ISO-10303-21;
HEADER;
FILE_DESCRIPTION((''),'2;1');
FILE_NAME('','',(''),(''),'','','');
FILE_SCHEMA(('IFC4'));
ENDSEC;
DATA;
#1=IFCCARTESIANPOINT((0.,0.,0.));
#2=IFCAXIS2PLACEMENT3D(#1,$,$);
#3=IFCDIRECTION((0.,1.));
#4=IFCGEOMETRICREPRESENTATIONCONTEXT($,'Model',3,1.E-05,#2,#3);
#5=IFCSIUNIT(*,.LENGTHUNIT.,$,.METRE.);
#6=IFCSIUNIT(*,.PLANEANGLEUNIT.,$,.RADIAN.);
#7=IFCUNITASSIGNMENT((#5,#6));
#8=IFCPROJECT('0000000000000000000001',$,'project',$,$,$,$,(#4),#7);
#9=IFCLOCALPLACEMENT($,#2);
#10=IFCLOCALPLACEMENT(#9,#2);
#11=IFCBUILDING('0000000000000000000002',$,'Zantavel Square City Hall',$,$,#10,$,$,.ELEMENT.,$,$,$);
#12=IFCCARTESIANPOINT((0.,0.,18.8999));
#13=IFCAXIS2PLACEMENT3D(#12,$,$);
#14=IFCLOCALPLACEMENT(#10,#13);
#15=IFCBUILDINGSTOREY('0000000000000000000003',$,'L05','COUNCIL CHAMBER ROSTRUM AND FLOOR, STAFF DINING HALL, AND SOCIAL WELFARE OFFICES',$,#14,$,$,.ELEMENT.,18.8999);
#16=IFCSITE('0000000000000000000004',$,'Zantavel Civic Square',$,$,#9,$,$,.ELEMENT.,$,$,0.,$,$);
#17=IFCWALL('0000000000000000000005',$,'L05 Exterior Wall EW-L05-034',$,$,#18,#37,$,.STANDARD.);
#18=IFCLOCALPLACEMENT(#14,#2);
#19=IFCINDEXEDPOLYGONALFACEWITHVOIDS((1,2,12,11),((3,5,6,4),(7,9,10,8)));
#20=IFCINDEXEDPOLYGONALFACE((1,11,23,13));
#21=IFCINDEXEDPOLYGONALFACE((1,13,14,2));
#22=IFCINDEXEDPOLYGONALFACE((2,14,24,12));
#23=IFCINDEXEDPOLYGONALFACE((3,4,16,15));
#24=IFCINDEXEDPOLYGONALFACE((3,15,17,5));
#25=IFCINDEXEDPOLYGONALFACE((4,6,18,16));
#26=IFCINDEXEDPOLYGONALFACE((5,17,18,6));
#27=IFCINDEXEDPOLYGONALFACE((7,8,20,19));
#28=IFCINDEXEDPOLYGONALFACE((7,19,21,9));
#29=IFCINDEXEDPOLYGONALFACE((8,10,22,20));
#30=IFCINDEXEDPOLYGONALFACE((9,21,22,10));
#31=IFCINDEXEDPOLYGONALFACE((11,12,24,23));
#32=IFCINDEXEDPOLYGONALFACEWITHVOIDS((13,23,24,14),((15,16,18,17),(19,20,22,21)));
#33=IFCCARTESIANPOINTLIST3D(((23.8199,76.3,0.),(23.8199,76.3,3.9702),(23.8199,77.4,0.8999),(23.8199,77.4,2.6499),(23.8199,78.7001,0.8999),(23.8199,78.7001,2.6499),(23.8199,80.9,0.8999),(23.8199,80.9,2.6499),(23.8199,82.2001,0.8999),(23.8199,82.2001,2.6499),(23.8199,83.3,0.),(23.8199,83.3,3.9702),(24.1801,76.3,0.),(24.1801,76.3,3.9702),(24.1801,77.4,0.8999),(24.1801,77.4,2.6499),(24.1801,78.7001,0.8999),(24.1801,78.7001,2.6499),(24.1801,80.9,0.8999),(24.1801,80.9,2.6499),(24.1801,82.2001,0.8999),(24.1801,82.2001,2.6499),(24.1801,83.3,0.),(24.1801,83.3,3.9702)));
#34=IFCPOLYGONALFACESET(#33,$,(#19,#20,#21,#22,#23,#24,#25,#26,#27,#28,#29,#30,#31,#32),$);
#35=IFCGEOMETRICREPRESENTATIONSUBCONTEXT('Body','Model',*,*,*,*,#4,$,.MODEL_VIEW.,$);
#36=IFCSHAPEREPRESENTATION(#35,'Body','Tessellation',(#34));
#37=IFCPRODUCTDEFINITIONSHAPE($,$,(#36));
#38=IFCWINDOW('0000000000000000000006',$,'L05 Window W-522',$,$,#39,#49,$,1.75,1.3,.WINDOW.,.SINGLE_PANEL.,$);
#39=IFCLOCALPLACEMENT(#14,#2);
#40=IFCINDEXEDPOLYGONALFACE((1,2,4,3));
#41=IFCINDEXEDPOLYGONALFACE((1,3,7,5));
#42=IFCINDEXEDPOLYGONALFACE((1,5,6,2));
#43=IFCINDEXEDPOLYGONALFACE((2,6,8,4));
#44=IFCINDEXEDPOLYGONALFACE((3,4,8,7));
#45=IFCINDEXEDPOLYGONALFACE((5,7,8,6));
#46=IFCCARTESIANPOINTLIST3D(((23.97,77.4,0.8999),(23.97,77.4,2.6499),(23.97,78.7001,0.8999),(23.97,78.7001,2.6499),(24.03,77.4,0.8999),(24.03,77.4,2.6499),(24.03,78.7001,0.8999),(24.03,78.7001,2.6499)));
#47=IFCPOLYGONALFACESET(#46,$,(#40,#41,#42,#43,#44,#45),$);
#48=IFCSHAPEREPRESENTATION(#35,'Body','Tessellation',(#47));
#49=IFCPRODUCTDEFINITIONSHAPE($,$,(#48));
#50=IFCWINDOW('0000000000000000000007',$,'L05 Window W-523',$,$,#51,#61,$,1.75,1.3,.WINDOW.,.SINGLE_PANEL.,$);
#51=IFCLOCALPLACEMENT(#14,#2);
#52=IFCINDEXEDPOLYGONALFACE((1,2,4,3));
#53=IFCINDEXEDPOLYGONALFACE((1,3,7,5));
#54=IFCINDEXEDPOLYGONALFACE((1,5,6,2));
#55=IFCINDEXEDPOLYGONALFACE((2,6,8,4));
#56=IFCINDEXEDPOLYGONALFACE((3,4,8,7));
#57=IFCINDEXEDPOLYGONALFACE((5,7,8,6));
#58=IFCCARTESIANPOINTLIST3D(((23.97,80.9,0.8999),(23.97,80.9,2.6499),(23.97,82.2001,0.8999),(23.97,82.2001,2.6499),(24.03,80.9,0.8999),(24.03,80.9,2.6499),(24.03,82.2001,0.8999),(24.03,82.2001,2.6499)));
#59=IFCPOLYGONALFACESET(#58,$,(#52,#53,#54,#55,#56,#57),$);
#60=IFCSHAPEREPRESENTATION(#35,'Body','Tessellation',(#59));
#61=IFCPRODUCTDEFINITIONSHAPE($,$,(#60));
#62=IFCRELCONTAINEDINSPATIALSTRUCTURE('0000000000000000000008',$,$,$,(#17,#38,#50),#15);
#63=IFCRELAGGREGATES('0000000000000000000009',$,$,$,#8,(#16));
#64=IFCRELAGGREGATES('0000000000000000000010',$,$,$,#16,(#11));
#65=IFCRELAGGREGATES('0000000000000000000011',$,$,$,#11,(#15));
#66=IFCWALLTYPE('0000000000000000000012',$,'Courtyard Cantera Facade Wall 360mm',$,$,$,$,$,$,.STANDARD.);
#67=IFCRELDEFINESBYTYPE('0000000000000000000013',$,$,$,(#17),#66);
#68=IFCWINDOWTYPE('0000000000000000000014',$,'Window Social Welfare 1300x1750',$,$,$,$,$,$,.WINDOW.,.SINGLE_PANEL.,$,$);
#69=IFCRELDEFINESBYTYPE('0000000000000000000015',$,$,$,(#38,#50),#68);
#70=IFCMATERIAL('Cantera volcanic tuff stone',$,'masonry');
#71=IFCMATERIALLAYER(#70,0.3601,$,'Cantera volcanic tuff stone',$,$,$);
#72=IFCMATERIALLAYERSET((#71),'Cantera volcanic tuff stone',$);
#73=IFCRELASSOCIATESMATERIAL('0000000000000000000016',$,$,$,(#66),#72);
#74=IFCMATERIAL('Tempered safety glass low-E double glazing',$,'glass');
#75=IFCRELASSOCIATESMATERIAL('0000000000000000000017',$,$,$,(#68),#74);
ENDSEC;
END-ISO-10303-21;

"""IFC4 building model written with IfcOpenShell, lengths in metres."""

from ifc_helpers import new_model, si_unit, direction, frame, frame_2d, origin, place, context, subcontext, project, spatial, rectangle, extrude, material, layer, layer_set, type_object, element, fill, save


model = new_model("IFC4")

# Units and contexts
model_context = context("Model", 3, precision=1e-05, world=origin(), true_north=direction((0.0, 1.0)))
body_context = subcontext(model_context, "Body", "Model", "MODEL_VIEW")
ifc_project = project(units=[si_unit("LENGTHUNIT", "METRE"), si_unit("PLANEANGLEUNIT", "RADIAN")], contexts=[model_context])

# Site, building, storey
site_placement = place(None, origin())
site = spatial("IfcSite", under=ifc_project, at=site_placement, Name="Zantavel Civic Square", CompositionType="ELEMENT", RefElevation=0.0)
building_placement = place(site_placement, origin())
building = spatial("IfcBuilding", under=site, at=building_placement, Name="Zantavel Square City Hall", CompositionType="ELEMENT")
storey_placement = place(building_placement, frame((0.0, 0.0, 18.8999)))
storey = spatial("IfcBuildingStorey", under=building, at=storey_placement, Name="L05", Description="COUNCIL CHAMBER ROSTRUM AND FLOOR, STAFF DINING HALL, AND SOCIAL WELFARE OFFICES", CompositionType="ELEMENT", Elevation=18.8999)

# Wall, openings, windows
ifc_material_1 = material(Name="Cantera volcanic tuff stone", Category="masonry")
ifc_layer = layer(ifc_material_1, 0.3601, Name="Cantera volcanic tuff stone")
ifc_layer_set = layer_set([ifc_layer], Name="Cantera volcanic tuff stone")
wall_type = type_object("IfcWallType", Name="Courtyard Cantera Facade Wall 360mm", PredefinedType="STANDARD", material=ifc_layer_set)
ifc_material_2 = material(Name="Tempered safety glass low-E double glazing", Category="glass")
wall_1_placement = place(storey_placement, frame((24.0, 76.3, 0.0), z_axis=(0.0, 0.0, 1.0), x_axis=(0.0, 1.0, 0.0)))
wall_1 = element("IfcWall", 1, at=wall_1_placement, inside=storey, type_object=wall_type, Name="L05 Exterior Wall EW-L05-034", PredefinedType="STANDARD", context=body_context, shape_type="SweptSolid", body=[
    extrude(rectangle(XDim=7.0, YDim=0.3601, at=frame_2d((3.5, 0.0))), origin(), (0.0, 0.0, 1.0), 3.9702),
])
opening_1_placement = place(wall_1_placement, frame((1.1001, 0.0, 0.8999)))
opening_1 = element("IfcOpeningElement", 2, at=opening_1_placement, cuts=wall_1, PredefinedType="OPENING", context=body_context, shape_type="SweptSolid", body=[
    extrude(rectangle(XDim=1.3, YDim=1.75, at=frame_2d((0.6499, 0.875))), frame((0.0, 0.1899, 0.0), z_axis=(0.0, -1.0, 0.0), x_axis=(1.0, 0.0, 0.0)), (0.0, 0.0, 1.0), 0.3801),
])
opening_2_placement = place(wall_1_placement, frame((4.6001, 0.0, 0.8999)))
opening_2 = element("IfcOpeningElement", 3, at=opening_2_placement, cuts=wall_1, PredefinedType="OPENING", context=body_context, shape_type="SweptSolid", body=[
    extrude(rectangle(XDim=1.3, YDim=1.75, at=frame_2d((0.6499, 0.875))), frame((0.0, 0.1899, 0.0), z_axis=(0.0, -1.0, 0.0), x_axis=(1.0, 0.0, 0.0)), (0.0, 0.0, 1.0), 0.3801),
])
window_type_1 = type_object("IfcWindowType", Name="Window Social Welfare 1300x1750", PartitioningType="SINGLE_PANEL", PredefinedType="WINDOW", material=ifc_material_2)
window_1_placement = place(opening_1_placement, origin())
window_1 = element("IfcWindow", 4, at=window_1_placement, inside=storey, type_object=window_type_1, Name="L05 Window W-522", OverallHeight=1.75, OverallWidth=1.3, PartitioningType="SINGLE_PANEL", PredefinedType="WINDOW", context=body_context, shape_type="SweptSolid", body=[
    extrude(rectangle(XDim=1.3, YDim=1.75, at=frame_2d((0.6499, 0.875))), frame((0.0, 0.03, 0.0), z_axis=(0.0, -1.0, 0.0), x_axis=(1.0, 0.0, 0.0)), (0.0, 0.0, 1.0), 0.0601),
])
fill(opening_1, window_1)
window_2_placement = place(opening_2_placement, origin())
window_2 = element("IfcWindow", 5, at=window_2_placement, inside=storey, type_object=window_type_1, Name="L05 Window W-523", OverallHeight=1.75, OverallWidth=1.3, PartitioningType="SINGLE_PANEL", PredefinedType="WINDOW", context=body_context, shape_type="SweptSolid", body=[
    extrude(rectangle(XDim=1.3, YDim=1.75, at=frame_2d((0.6499, 0.875))), frame((0.0, 0.03, 0.0), z_axis=(0.0, -1.0, 0.0), x_axis=(1.0, 0.0, 0.0)), (0.0, 0.0, 1.0), 0.0601),
])
fill(opening_2, window_2)

save(model, "model.ifc")
